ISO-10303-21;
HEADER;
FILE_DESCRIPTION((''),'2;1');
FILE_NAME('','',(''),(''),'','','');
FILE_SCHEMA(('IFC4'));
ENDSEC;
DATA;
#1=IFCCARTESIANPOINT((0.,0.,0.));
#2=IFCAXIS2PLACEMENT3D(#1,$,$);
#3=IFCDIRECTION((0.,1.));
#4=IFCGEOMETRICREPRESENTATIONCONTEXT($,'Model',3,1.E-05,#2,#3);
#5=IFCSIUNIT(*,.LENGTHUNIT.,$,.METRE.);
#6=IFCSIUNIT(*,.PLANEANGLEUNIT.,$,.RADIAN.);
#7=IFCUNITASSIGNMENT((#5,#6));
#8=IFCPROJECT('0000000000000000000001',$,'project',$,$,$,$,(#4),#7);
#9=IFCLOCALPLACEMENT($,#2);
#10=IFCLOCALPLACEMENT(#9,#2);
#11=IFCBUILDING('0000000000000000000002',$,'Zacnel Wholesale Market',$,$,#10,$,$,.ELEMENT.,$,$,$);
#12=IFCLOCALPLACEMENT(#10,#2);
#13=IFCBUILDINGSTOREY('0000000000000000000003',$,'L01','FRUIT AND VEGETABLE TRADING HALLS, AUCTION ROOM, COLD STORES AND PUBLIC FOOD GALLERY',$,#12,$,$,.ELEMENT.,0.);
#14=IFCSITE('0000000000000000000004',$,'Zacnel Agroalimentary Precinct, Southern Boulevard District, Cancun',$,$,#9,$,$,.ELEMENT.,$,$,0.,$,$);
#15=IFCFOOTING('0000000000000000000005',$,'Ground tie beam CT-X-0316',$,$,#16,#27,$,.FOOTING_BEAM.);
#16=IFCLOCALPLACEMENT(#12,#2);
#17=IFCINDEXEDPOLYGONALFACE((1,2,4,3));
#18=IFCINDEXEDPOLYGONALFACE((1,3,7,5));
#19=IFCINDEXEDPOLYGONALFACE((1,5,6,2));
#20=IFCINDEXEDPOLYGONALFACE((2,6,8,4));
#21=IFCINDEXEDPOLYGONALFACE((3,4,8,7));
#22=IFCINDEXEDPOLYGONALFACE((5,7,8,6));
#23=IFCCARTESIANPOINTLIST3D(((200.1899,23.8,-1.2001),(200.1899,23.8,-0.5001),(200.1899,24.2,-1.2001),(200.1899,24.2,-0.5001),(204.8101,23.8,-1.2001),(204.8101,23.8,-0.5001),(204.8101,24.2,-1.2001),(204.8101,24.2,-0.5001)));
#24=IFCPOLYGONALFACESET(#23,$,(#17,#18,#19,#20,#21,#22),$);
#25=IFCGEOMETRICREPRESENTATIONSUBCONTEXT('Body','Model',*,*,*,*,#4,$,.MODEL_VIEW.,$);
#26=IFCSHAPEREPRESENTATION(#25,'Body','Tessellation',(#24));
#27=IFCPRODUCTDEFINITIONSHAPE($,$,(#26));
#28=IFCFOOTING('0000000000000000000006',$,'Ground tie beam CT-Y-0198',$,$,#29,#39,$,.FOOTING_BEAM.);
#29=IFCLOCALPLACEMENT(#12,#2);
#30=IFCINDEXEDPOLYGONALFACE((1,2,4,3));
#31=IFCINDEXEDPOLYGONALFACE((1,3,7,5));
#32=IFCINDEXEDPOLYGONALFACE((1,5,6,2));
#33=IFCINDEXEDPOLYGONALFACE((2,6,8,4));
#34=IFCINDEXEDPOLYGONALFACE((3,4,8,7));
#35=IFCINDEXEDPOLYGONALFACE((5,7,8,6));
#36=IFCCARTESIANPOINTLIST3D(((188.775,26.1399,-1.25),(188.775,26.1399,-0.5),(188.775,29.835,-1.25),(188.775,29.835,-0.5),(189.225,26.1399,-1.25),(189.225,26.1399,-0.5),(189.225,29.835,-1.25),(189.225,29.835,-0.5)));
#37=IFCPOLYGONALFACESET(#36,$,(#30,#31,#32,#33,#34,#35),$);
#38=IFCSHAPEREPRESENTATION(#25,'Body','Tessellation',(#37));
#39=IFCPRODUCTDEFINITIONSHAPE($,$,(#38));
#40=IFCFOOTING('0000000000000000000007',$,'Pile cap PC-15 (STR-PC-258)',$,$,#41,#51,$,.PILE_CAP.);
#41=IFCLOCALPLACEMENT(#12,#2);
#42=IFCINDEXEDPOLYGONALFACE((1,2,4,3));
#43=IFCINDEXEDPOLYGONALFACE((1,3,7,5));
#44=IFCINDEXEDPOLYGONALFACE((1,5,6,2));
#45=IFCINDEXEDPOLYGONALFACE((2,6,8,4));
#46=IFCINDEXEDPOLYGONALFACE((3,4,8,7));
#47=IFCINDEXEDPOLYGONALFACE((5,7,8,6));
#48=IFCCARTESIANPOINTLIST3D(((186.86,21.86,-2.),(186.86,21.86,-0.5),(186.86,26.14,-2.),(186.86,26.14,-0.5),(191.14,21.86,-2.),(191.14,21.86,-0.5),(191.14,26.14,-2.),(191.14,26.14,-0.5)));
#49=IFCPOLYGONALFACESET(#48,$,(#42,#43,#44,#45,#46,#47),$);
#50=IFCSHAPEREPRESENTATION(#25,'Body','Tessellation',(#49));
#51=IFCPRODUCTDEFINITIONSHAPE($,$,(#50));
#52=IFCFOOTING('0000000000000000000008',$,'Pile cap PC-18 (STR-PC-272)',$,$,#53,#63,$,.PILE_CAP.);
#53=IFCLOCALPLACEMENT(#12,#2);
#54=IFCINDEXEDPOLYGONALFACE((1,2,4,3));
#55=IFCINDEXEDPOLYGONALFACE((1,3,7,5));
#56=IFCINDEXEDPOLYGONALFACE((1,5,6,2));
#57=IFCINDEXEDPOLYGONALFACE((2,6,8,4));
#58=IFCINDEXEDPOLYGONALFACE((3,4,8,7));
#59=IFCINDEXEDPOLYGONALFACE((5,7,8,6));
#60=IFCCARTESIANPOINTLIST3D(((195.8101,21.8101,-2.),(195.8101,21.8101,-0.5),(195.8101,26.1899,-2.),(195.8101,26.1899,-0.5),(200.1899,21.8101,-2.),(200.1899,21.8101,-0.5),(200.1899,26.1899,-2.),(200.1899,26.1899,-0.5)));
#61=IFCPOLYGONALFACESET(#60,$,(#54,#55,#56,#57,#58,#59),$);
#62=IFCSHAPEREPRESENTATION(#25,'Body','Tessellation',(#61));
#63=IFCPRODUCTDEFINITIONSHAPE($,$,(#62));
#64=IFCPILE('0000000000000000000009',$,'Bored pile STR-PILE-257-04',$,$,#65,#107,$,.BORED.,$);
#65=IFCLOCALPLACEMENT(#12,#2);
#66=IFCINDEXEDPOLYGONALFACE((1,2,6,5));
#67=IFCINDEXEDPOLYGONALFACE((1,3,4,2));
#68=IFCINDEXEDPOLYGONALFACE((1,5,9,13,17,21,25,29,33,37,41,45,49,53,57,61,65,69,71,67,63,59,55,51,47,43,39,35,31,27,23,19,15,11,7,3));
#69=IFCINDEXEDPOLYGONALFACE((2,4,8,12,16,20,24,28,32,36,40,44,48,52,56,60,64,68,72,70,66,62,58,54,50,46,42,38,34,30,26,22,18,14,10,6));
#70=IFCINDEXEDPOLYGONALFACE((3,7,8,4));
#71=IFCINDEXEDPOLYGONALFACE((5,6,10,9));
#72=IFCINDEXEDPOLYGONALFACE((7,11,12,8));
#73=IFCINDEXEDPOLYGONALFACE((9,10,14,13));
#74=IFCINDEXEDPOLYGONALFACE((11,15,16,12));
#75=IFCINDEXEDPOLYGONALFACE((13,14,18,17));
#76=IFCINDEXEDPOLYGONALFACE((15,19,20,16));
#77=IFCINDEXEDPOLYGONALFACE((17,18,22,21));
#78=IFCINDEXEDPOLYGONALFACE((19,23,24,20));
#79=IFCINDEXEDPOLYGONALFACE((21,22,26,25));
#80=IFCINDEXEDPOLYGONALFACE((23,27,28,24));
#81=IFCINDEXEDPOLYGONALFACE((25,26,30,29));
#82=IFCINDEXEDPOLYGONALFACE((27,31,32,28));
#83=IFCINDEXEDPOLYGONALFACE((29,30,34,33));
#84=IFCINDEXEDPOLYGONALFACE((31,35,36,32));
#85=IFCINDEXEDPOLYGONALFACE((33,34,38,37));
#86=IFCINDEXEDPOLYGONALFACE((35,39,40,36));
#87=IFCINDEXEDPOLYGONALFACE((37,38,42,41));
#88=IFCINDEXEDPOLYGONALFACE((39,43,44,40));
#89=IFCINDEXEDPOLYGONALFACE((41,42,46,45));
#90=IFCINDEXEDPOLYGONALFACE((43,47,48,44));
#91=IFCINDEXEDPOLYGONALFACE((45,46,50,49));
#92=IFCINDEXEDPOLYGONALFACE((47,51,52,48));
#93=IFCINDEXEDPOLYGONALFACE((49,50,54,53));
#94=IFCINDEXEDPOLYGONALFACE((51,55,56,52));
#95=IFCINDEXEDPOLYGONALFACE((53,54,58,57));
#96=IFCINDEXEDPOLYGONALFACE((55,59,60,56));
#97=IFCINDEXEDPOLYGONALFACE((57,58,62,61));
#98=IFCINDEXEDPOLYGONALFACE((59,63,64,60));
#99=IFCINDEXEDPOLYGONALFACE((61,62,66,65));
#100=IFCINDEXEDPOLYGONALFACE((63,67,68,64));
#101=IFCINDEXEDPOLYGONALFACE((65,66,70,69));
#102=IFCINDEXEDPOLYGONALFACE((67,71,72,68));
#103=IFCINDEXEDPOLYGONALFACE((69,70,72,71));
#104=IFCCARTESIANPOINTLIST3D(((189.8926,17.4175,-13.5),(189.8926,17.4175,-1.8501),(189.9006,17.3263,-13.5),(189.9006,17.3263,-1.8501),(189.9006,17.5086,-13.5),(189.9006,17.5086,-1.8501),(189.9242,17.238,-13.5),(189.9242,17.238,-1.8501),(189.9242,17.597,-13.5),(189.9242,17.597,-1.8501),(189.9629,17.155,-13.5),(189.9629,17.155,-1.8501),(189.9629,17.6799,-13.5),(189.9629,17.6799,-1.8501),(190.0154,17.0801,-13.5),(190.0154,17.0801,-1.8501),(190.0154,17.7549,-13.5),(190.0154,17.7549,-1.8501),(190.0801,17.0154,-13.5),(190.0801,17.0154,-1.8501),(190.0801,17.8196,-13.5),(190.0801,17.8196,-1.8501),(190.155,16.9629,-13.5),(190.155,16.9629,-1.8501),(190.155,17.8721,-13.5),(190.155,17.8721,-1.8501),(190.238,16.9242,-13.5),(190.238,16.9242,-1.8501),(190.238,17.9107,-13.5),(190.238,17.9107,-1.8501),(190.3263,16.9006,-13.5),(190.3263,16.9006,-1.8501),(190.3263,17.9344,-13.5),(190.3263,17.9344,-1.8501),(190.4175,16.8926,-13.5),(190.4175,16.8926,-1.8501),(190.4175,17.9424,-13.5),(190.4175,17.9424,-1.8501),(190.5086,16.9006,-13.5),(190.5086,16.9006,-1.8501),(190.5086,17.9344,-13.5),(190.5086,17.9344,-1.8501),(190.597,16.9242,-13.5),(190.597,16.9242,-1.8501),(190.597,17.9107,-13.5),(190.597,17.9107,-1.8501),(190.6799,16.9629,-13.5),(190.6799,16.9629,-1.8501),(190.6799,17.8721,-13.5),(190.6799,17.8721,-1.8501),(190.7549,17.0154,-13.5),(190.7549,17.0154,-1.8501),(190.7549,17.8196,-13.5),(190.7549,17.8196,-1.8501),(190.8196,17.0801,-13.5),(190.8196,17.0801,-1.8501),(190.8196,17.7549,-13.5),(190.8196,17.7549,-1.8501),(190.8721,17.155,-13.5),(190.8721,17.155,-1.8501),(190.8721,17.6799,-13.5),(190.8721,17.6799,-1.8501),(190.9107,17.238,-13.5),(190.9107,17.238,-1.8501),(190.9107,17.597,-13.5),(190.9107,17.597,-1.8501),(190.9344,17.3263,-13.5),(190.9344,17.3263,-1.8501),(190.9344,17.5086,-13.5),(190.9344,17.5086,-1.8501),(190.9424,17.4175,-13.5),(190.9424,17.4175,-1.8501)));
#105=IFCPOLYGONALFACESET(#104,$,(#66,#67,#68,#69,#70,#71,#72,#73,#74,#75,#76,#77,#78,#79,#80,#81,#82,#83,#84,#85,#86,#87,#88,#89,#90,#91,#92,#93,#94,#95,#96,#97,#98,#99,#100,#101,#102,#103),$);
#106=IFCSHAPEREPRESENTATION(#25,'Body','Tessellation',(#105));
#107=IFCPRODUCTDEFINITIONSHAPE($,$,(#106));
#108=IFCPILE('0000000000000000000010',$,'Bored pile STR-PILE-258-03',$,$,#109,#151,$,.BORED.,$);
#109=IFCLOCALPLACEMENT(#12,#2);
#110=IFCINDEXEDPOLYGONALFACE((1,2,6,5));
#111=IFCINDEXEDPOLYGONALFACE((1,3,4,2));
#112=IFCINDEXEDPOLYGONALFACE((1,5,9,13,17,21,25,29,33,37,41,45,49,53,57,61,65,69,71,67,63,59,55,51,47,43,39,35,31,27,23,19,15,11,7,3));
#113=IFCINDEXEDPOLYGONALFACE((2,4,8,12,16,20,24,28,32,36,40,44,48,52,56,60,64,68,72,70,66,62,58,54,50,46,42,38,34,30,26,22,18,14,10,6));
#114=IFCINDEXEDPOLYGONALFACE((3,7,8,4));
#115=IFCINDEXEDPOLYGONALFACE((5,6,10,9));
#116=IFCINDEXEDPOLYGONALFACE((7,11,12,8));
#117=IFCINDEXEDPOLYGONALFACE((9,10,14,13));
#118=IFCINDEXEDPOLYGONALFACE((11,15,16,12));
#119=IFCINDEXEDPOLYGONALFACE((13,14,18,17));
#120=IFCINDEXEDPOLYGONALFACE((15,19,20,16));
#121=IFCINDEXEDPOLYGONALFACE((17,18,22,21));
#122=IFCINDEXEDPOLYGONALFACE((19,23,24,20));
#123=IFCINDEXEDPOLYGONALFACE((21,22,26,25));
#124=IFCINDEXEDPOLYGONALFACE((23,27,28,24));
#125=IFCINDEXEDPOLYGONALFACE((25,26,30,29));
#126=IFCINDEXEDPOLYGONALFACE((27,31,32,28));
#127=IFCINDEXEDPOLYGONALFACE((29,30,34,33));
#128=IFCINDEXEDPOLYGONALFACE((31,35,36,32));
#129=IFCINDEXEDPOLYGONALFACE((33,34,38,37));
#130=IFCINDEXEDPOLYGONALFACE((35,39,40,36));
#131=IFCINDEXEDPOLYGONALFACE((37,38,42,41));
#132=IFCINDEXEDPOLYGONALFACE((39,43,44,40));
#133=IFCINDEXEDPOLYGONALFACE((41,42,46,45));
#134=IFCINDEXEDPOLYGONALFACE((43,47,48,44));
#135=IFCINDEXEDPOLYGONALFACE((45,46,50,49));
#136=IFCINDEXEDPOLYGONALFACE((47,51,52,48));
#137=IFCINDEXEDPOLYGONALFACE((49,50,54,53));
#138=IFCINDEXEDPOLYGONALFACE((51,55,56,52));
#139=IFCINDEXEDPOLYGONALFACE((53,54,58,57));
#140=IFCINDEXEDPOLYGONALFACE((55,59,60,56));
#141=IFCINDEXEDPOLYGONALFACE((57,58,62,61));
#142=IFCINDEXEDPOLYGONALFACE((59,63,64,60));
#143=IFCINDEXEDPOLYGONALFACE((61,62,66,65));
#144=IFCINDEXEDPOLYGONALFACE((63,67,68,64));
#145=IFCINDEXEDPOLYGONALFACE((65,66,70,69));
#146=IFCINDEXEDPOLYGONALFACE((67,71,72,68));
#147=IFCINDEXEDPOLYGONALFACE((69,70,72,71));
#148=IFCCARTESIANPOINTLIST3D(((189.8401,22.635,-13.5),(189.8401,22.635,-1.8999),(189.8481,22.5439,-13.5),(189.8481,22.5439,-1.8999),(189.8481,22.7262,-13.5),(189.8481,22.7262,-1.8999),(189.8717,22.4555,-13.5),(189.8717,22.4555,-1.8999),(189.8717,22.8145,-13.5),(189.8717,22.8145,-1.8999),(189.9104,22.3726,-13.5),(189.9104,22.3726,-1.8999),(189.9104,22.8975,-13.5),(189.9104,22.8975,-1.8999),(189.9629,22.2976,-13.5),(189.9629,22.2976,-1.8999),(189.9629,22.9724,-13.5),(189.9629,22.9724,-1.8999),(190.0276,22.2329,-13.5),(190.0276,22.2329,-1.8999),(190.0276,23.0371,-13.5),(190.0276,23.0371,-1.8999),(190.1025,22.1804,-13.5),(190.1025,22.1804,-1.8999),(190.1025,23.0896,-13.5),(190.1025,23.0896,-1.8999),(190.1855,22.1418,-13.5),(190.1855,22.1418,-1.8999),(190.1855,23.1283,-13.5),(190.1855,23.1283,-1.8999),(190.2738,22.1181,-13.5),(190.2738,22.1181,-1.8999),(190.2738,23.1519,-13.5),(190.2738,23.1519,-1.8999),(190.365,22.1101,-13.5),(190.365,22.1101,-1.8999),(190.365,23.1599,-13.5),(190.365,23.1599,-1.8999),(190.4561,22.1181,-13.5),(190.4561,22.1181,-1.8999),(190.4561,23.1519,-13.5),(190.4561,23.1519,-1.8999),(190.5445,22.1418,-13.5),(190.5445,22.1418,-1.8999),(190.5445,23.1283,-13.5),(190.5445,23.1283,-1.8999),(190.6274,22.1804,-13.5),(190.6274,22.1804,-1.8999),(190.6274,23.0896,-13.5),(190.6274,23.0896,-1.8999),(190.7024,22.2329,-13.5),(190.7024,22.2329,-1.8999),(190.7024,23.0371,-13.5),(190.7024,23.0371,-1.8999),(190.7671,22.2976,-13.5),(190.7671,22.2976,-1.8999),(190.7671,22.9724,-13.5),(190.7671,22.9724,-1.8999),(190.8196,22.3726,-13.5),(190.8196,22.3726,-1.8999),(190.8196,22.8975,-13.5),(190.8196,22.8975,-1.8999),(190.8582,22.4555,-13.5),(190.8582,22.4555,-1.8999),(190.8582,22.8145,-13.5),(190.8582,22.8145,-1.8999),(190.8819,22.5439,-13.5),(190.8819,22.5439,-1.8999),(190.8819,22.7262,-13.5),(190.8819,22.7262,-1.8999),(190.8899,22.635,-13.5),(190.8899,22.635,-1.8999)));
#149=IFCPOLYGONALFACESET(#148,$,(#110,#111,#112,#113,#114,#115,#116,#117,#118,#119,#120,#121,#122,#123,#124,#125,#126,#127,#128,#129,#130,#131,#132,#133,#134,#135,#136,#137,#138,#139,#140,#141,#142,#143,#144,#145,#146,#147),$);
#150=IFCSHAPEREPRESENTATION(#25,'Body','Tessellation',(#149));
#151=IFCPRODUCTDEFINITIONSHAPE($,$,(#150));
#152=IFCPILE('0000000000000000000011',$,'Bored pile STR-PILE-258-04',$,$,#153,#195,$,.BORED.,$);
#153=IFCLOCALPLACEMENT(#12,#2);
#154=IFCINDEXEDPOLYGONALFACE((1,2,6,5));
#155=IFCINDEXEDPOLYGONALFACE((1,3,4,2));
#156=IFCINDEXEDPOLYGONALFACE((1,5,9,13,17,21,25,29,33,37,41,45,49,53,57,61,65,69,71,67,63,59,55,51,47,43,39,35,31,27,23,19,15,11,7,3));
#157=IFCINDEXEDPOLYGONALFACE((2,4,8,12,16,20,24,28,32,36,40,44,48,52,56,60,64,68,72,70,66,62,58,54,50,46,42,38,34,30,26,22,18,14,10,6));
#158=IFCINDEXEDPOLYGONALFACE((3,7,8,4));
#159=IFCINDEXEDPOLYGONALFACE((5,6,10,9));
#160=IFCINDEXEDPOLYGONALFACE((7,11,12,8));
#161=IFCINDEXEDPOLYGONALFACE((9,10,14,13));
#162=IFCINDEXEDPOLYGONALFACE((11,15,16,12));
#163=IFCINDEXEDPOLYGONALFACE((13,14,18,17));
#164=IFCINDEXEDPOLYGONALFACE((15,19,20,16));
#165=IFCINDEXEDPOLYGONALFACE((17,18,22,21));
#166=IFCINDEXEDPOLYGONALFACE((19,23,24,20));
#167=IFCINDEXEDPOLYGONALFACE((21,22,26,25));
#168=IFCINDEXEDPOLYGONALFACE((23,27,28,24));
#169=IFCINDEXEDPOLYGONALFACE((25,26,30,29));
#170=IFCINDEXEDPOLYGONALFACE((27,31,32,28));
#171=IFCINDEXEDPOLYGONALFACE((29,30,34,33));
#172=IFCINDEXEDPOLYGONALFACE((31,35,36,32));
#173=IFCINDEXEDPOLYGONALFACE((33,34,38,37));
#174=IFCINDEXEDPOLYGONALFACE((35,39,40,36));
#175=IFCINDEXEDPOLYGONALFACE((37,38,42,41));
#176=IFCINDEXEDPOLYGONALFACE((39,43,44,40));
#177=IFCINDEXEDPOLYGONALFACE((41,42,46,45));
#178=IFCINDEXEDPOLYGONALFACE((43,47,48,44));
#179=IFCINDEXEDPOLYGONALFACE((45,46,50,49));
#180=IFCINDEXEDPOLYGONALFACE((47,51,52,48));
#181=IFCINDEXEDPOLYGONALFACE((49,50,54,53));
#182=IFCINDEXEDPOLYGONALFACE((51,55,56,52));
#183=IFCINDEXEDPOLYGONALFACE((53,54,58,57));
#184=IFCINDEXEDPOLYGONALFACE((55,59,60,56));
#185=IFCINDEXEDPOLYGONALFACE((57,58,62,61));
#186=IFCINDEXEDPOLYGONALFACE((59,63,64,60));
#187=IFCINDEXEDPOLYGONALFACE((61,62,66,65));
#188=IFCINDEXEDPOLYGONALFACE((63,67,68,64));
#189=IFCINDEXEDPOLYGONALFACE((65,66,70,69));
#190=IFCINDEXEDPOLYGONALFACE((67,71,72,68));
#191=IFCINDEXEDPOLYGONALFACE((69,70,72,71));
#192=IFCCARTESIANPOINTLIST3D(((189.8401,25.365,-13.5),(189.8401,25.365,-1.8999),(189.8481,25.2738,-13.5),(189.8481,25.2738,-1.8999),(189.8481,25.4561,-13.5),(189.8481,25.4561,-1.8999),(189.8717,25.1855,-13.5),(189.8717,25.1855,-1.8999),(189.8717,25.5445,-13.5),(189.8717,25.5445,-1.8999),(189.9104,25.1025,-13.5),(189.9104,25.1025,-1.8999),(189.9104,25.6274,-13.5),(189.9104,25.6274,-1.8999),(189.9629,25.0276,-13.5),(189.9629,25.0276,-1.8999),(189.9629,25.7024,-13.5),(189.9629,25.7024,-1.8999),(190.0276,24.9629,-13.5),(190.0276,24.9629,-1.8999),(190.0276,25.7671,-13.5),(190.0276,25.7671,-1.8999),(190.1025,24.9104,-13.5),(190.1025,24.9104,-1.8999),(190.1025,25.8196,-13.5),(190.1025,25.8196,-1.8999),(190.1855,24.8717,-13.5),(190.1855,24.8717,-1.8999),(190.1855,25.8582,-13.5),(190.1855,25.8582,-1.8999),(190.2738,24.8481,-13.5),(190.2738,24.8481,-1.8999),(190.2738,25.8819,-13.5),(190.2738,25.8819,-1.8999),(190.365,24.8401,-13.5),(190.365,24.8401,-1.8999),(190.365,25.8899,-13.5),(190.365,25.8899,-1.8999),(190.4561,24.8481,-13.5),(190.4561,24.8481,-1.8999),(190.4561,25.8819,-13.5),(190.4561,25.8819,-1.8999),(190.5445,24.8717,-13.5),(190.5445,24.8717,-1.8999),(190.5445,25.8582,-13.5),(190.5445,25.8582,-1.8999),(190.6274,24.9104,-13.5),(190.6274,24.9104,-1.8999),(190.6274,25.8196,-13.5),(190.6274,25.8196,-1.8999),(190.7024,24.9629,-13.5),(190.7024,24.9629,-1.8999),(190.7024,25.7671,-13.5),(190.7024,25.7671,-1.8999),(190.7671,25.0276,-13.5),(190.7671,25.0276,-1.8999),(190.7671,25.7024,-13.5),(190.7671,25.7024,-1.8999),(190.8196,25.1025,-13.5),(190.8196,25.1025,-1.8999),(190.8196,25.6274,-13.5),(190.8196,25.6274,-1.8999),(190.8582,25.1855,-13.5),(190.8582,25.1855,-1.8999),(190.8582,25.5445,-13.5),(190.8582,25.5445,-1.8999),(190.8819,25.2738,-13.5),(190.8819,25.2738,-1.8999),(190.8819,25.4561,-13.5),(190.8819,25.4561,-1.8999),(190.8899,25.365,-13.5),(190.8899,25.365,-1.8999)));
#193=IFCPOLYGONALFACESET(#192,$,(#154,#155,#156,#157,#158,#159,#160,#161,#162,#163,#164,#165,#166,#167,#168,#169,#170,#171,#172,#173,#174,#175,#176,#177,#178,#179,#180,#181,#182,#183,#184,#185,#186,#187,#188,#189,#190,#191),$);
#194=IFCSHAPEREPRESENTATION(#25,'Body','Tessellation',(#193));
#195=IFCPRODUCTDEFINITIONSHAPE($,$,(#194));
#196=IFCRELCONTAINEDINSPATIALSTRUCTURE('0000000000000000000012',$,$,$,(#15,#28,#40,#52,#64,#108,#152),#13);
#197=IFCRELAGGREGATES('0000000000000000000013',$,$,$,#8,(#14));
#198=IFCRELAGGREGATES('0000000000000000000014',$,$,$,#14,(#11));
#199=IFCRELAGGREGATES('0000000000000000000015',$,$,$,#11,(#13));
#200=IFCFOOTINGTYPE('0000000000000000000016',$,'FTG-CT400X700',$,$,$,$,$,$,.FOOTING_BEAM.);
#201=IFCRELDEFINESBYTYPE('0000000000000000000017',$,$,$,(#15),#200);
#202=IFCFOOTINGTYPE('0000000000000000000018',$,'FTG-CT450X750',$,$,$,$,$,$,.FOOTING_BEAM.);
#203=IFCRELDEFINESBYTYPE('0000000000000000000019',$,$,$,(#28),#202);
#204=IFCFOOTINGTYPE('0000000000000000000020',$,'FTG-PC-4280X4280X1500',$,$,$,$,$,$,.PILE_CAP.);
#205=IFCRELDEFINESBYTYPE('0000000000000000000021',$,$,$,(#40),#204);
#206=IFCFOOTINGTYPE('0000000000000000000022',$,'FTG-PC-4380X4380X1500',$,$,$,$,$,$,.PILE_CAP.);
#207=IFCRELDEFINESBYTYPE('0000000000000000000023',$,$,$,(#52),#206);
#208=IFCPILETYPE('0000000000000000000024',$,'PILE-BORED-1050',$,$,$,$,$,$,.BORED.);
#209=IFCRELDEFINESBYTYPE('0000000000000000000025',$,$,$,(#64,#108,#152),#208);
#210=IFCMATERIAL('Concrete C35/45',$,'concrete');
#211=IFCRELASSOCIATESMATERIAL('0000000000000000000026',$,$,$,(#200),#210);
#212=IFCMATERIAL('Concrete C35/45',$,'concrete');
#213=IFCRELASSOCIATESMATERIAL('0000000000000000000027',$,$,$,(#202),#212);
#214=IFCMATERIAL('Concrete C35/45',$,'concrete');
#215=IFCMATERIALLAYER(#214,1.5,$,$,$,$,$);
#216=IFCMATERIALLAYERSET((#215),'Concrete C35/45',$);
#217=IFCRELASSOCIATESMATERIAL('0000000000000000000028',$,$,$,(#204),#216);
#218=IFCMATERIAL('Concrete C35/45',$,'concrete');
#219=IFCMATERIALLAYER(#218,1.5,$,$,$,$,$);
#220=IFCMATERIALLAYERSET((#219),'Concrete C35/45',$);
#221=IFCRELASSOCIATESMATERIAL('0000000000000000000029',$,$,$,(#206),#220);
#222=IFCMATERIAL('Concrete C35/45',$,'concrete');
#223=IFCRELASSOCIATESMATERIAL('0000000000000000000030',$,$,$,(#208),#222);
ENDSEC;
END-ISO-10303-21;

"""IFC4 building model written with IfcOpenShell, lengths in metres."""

from ifc_helpers import new_model, si_unit, direction, frame, origin, origin_2d, place, context, subcontext, project, spatial, rectangle, circle, extrude, material, layer, layer_set, material_profile, profile_set, type_object, element, save


model = new_model("IFC4")

# Units and contexts
model_context = context("Model", 3, precision=1e-05, world=origin(), true_north=direction((0.0, 1.0)))
body_context = subcontext(model_context, "Body", "Model", "MODEL_VIEW")
ifc_project = project(units=[si_unit("LENGTHUNIT", "METRE"), si_unit("PLANEANGLEUNIT", "RADIAN")], contexts=[model_context])

# Site, building, storey
site_placement = place(None, origin())
site = spatial("IfcSite", under=ifc_project, at=site_placement, Name="Zacnel Agroalimentary Precinct, Southern Boulevard District, Cancun", CompositionType="ELEMENT", RefElevation=0.0)
building_placement = place(site_placement, origin())
building = spatial("IfcBuilding", under=site, at=building_placement, Name="Zacnel Wholesale Market", CompositionType="ELEMENT")
storey_placement = place(building_placement, origin())
storey = spatial("IfcBuildingStorey", under=building, at=storey_placement, Name="L01", Description="FRUIT AND VEGETABLE TRADING HALLS, AUCTION ROOM, COLD STORES AND PUBLIC FOOD GALLERY", CompositionType="ELEMENT", Elevation=0.0)

# Footings
ifc_material_1 = material(Name="Concrete C35/45", Category="concrete")
ifc_material_profile_1 = material_profile(ifc_material_1, rectangle(XDim=0.3999, YDim=0.7, at=origin_2d()), Name="CT 400x700")
ifc_profile_set_1 = profile_set([ifc_material_profile_1], Name="Concrete C35/45")
footing_type_1 = type_object("IfcFootingType", Name="FTG-CT400X700", PredefinedType="FOOTING_BEAM", material=ifc_profile_set_1)
footing_1_placement = place(storey_placement, frame((200.1899, 24.0, -0.8501), z_axis=(1.0, 0.0, 0.0), x_axis=(0.0, 1.0, 0.0)))
element("IfcFooting", 1, at=footing_1_placement, inside=storey, type_object=footing_type_1, Name="Ground tie beam CT-X-0316", PredefinedType="FOOTING_BEAM", context=body_context, shape_type="SweptSolid", body=[
    extrude(rectangle(XDim=0.3999, YDim=0.7, at=origin_2d()), origin(), (0.0, 0.0, 1.0), 4.6201),
])
ifc_material_2 = material(Name="Concrete C35/45", Category="concrete")
ifc_material_profile_2 = material_profile(ifc_material_2, rectangle(XDim=0.45, YDim=0.75, at=origin_2d()), Name="CT 450x750")
ifc_profile_set_2 = profile_set([ifc_material_profile_2], Name="Concrete C35/45")
footing_type_2 = type_object("IfcFootingType", Name="FTG-CT450X750", PredefinedType="FOOTING_BEAM", material=ifc_profile_set_2)
footing_2_placement = place(storey_placement, frame((189.0, 26.1399, -0.875), z_axis=(0.0, 1.0, 0.0), x_axis=(-1.0, 0.0, 0.0)))
element("IfcFooting", 2, at=footing_2_placement, inside=storey, type_object=footing_type_2, Name="Ground tie beam CT-Y-0198", PredefinedType="FOOTING_BEAM", context=body_context, shape_type="SweptSolid", body=[
    extrude(rectangle(XDim=0.45, YDim=0.75, at=origin_2d()), origin(), (0.0, 0.0, 1.0), 3.6951),
])
ifc_material_3 = material(Name="Concrete C35/45", Category="concrete")
ifc_layer_1 = layer(ifc_material_3, 1.5)
ifc_layer_set_1 = layer_set([ifc_layer_1], Name="Concrete C35/45")
footing_type_3 = type_object("IfcFootingType", Name="FTG-PC-4280X4280X1500", PredefinedType="PILE_CAP", material=ifc_layer_set_1)
footing_3_placement = place(storey_placement, frame((189.0, 24.0, -2.0), z_axis=(0.0, 0.0, 1.0), x_axis=(1.0, 0.0, 0.0)))
element("IfcFooting", 3, at=footing_3_placement, inside=storey, type_object=footing_type_3, Name="Pile cap PC-15 (STR-PC-258)", PredefinedType="PILE_CAP", context=body_context, shape_type="SweptSolid", body=[
    extrude(rectangle(XDim=4.28, YDim=4.28, at=origin_2d()), origin(), (0.0, 0.0, 1.0), 1.5),
])
ifc_material_4 = material(Name="Concrete C35/45", Category="concrete")
ifc_layer_2 = layer(ifc_material_4, 1.5)
ifc_layer_set_2 = layer_set([ifc_layer_2], Name="Concrete C35/45")
footing_type_4 = type_object("IfcFootingType", Name="FTG-PC-4380X4380X1500", PredefinedType="PILE_CAP", material=ifc_layer_set_2)
footing_4_placement = place(storey_placement, frame((198.0, 24.0, -2.0), z_axis=(0.0, 0.0, 1.0), x_axis=(1.0, 0.0, 0.0)))
element("IfcFooting", 4, at=footing_4_placement, inside=storey, type_object=footing_type_4, Name="Pile cap PC-18 (STR-PC-272)", PredefinedType="PILE_CAP", context=body_context, shape_type="SweptSolid", body=[
    extrude(rectangle(XDim=4.3799, YDim=4.3799, at=origin_2d()), origin(), (0.0, 0.0, 1.0), 1.5),
])

# Piles
ifc_material_5 = material(Name="Concrete C35/45", Category="concrete")
ifc_material_profile_3 = material_profile(ifc_material_5, circle(Radius=0.5249, at=origin_2d()), Name="BORED PILE D1050")
ifc_profile_set_3 = profile_set([ifc_material_profile_3], Name="Concrete C35/45")
pile_type = type_object("IfcPileType", Name="PILE-BORED-1050", PredefinedType="BORED", material=ifc_profile_set_3)
pile_1_placement = place(storey_placement, frame((190.4175, 17.4175, -1.8501), z_axis=(0.0, 0.0, -1.0), x_axis=(1.0, 0.0, 0.0)))
element("IfcPile", 5, at=pile_1_placement, inside=storey, type_object=pile_type, Name="Bored pile STR-PILE-257-04", PredefinedType="BORED", context=body_context, shape_type="SweptSolid", body=[
    extrude(circle(Radius=0.5249, at=origin_2d()), origin(), (0.0, 0.0, 1.0), 11.6499),
])
for number, where, z_axis, x_axis, name in (
    (6, (190.365, 22.635, -1.8999), (0.0, 0.0, -1.0), (1.0, 0.0, 0.0), "Bored pile STR-PILE-258-03"),
    (7, (190.365, 25.365, -1.8999), (0.0, 0.0, -1.0), (1.0, 0.0, 0.0), "Bored pile STR-PILE-258-04"),
):
    element("IfcPile", number, at=place(storey_placement, frame(where, z_axis=z_axis, x_axis=x_axis)), inside=storey, type_object=pile_type, Name=name, PredefinedType="BORED", context=body_context, shape_type="SweptSolid", body=[
        extrude(circle(Radius=0.5249, at=origin_2d()), origin(), (0.0, 0.0, 1.0), 11.6001),
    ])

save(model, "model.ifc")
